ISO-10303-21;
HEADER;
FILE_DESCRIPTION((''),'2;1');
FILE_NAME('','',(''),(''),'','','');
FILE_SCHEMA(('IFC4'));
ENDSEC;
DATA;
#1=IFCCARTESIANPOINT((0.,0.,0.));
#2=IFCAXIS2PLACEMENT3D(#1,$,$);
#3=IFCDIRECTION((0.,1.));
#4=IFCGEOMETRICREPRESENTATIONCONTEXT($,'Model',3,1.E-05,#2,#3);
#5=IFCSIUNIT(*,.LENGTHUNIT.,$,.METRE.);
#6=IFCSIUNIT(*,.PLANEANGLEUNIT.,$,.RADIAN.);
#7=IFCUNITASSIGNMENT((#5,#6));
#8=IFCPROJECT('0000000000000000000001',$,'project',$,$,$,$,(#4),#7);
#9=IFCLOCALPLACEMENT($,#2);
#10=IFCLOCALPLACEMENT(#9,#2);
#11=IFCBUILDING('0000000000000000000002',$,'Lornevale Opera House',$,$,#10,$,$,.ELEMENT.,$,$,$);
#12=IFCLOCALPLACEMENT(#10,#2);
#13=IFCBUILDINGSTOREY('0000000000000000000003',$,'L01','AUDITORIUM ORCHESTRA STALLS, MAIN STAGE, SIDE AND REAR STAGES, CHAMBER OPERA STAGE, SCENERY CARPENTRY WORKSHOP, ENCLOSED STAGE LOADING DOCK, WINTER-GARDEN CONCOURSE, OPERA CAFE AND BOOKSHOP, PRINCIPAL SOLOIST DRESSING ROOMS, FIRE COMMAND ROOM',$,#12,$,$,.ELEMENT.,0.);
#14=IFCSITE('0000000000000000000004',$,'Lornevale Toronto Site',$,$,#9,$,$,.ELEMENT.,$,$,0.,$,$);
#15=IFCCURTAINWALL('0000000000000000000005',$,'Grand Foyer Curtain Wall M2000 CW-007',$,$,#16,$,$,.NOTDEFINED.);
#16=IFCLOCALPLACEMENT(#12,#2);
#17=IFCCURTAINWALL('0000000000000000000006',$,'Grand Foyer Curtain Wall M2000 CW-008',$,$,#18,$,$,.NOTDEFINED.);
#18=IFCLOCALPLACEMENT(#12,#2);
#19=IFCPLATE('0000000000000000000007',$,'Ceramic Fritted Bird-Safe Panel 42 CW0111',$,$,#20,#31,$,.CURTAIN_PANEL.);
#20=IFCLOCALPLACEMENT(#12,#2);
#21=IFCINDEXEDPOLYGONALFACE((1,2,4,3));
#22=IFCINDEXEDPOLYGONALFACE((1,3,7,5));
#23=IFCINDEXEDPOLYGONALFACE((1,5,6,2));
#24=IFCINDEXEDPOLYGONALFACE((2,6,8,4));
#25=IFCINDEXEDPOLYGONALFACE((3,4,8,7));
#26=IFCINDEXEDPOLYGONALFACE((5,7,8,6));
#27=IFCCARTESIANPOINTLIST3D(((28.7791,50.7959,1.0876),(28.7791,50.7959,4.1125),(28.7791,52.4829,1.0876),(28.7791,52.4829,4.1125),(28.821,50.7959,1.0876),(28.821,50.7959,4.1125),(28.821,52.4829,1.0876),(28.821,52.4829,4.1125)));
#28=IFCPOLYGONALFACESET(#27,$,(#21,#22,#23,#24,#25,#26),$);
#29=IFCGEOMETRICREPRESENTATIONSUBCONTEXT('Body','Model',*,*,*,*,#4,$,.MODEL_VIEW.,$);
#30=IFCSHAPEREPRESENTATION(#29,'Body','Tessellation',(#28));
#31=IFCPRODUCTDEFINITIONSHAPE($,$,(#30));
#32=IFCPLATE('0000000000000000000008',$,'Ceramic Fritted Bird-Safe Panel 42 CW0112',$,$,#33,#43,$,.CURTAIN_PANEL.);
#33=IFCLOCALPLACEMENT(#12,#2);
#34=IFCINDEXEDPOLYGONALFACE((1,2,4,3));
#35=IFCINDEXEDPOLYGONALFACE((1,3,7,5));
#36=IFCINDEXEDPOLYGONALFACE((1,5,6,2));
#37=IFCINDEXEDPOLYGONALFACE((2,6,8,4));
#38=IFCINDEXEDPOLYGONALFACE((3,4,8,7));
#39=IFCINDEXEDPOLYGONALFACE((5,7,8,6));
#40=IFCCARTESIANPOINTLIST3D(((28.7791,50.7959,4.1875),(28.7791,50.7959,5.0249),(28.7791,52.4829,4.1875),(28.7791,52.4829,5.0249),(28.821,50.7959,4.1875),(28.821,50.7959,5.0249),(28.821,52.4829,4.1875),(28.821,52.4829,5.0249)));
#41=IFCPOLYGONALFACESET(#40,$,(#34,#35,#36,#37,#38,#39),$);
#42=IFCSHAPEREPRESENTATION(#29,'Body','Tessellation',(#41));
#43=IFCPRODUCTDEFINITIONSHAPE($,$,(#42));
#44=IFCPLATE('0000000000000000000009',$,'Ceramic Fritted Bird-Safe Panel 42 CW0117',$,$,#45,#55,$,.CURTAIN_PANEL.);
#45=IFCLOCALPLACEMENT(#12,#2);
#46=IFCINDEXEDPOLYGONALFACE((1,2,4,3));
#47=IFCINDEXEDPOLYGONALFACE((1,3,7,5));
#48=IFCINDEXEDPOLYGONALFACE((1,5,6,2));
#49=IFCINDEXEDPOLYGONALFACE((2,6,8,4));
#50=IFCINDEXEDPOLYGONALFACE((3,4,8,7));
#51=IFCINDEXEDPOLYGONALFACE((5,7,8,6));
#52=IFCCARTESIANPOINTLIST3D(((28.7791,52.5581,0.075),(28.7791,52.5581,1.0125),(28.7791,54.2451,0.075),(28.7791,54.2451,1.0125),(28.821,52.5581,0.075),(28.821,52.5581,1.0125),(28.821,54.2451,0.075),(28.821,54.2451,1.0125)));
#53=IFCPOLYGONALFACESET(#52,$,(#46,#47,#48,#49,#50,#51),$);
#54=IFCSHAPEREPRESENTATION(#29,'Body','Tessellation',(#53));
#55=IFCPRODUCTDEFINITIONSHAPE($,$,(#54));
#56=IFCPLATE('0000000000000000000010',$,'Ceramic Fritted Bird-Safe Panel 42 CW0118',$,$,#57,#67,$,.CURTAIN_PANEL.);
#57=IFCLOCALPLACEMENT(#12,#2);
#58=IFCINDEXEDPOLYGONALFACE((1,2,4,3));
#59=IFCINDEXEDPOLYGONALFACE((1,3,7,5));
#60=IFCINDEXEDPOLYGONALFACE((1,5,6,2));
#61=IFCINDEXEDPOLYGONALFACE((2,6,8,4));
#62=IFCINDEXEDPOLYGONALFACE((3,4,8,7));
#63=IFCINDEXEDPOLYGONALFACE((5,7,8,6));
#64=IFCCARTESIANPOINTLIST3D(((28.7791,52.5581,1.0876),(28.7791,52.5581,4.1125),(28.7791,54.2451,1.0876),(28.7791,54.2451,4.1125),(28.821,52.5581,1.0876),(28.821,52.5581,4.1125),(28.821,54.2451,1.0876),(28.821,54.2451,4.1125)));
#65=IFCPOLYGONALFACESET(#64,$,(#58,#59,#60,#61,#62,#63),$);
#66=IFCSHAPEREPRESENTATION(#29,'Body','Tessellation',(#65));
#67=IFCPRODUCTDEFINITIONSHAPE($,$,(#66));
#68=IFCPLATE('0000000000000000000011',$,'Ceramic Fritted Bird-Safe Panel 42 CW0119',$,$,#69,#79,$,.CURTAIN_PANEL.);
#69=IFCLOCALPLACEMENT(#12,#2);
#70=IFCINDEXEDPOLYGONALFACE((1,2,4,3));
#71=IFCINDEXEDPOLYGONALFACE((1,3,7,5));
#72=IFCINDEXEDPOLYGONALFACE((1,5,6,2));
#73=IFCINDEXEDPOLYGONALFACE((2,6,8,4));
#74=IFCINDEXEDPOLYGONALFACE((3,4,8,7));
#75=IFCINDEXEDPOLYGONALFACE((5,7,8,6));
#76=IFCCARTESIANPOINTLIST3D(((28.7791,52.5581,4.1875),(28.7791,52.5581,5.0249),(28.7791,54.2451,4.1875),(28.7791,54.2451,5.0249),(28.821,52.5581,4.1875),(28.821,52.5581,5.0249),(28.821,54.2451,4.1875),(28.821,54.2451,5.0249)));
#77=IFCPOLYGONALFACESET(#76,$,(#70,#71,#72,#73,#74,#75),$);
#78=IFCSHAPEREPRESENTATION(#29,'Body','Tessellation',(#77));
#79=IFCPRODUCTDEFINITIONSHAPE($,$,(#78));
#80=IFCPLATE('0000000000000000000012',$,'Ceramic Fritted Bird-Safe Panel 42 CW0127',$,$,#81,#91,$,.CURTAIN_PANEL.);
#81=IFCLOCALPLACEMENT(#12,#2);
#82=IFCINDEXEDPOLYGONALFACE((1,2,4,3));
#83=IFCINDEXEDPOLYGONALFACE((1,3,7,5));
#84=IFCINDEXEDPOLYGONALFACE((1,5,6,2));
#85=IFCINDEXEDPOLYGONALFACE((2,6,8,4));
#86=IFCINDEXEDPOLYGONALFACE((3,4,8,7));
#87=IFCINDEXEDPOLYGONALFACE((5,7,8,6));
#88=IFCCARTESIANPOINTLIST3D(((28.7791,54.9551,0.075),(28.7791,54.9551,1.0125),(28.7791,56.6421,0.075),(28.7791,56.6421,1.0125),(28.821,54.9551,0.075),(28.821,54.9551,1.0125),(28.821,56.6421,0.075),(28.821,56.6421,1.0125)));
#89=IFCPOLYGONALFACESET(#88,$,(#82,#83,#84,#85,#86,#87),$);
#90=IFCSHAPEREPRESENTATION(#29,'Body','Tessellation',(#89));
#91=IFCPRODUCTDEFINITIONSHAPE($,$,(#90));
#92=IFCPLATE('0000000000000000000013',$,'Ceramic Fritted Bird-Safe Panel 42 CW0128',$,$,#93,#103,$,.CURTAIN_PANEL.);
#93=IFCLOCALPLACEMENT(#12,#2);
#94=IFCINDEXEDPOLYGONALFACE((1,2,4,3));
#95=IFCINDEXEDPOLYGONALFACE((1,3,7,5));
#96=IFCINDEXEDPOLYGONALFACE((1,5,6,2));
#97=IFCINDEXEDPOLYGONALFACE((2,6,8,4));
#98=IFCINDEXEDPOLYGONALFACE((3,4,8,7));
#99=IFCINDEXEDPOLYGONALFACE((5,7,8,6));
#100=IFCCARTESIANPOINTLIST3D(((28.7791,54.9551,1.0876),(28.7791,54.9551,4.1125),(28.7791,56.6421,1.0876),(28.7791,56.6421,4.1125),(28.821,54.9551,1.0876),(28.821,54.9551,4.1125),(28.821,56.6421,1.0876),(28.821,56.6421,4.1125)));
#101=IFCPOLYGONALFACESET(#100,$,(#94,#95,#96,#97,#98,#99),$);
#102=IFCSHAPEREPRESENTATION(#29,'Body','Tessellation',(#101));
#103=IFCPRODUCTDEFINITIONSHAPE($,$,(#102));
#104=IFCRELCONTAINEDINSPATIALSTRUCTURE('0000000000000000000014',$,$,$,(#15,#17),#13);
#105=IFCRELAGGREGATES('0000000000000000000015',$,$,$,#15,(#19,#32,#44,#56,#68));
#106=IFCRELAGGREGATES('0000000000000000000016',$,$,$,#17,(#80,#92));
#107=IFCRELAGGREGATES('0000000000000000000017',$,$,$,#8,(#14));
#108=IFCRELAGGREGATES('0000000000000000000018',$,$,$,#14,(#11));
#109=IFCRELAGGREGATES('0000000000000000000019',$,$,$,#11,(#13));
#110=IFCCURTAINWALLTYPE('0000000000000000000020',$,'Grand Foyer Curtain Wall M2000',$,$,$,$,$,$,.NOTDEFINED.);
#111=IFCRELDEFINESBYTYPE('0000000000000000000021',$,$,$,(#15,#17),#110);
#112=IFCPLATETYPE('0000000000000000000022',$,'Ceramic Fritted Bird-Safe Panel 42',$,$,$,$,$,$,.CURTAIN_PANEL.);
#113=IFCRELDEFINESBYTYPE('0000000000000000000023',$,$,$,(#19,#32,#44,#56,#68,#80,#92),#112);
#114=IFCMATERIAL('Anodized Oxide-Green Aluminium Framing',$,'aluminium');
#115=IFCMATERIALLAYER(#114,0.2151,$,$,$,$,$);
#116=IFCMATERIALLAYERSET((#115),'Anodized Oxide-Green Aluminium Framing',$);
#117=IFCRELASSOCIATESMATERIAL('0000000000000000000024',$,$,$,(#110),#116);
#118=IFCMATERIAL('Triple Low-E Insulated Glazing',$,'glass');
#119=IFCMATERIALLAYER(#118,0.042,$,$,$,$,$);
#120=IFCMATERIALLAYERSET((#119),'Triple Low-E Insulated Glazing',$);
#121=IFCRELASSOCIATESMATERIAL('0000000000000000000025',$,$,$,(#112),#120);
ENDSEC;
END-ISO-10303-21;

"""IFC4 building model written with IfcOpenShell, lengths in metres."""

from ifc_helpers import new_model, si_unit, direction, frame, origin, origin_2d, place, context, subcontext, project, spatial, rectangle, extrude, material, layer, layer_set, type_object, element, aggregate, save


model = new_model("IFC4")

# Units and contexts
model_context = context("Model", 3, precision=1e-05, world=origin(), true_north=direction((0.0, 1.0)))
body_context = subcontext(model_context, "Body", "Model", "MODEL_VIEW")
ifc_project = project(units=[si_unit("LENGTHUNIT", "METRE"), si_unit("PLANEANGLEUNIT", "RADIAN")], contexts=[model_context])

# Site, building, storey
site_placement = place(None, origin())
site = spatial("IfcSite", under=ifc_project, at=site_placement, Name="Lornevale Toronto Site", CompositionType="ELEMENT", RefElevation=0.0)
building_placement = place(site_placement, origin())
building = spatial("IfcBuilding", under=site, at=building_placement, Name="Lornevale Opera House", CompositionType="ELEMENT")
storey_placement = place(building_placement, origin())
storey = spatial("IfcBuildingStorey", under=building, at=storey_placement, Name="L01", Description="AUDITORIUM ORCHESTRA STALLS, MAIN STAGE, SIDE AND REAR STAGES, CHAMBER OPERA STAGE, SCENERY CARPENTRY WORKSHOP, ENCLOSED STAGE LOADING DOCK, WINTER-GARDEN CONCOURSE, OPERA CAFE AND BOOKSHOP, PRINCIPAL SOLOIST DRESSING ROOMS, FIRE COMMAND ROOM", CompositionType="ELEMENT", Elevation=0.0)

# Curtain wall
ifc_material_1 = material(Name="Anodized Oxide-Green Aluminium Framing", Category="aluminium")
ifc_layer_1 = layer(ifc_material_1, 0.2151)
ifc_layer_set_1 = layer_set([ifc_layer_1], Name="Anodized Oxide-Green Aluminium Framing")
curtain_wall_type = type_object("IfcCurtainWallType", Name="Grand Foyer Curtain Wall M2000", PredefinedType="NOTDEFINED", material=ifc_layer_set_1)
curtain_wall_1_placement = place(storey_placement, origin())
curtain_wall_1 = element("IfcCurtainWall", 1, at=curtain_wall_1_placement, inside=storey, type_object=curtain_wall_type, Name="Grand Foyer Curtain Wall M2000 CW-007", PredefinedType="NOTDEFINED")

# Curtain wall
curtain_wall_2_placement = place(storey_placement, origin())
curtain_wall_2 = element("IfcCurtainWall", 2, at=curtain_wall_2_placement, inside=storey, type_object=curtain_wall_type, Name="Grand Foyer Curtain Wall M2000 CW-008", PredefinedType="NOTDEFINED")

# Plates
ifc_material_2 = material(Name="Triple Low-E Insulated Glazing", Category="glass")
ifc_layer_2 = layer(ifc_material_2, 0.042)
ifc_layer_set_2 = layer_set([ifc_layer_2], Name="Triple Low-E Insulated Glazing")
plate_type = type_object("IfcPlateType", Name="Ceramic Fritted Bird-Safe Panel 42", PredefinedType="CURTAIN_PANEL", material=ifc_layer_set_2)
plate_1_placement = place(storey_placement, frame((28.8, 51.6394, 1.0876), z_axis=(0.0, 0.0, 1.0), x_axis=(0.0, 1.0, 0.0)))
plate_1 = element("IfcPlate", 3, at=plate_1_placement, type_object=plate_type, Name="Ceramic Fritted Bird-Safe Panel 42 CW0111", PredefinedType="CURTAIN_PANEL", context=body_context, shape_type="SweptSolid", body=[
    extrude(rectangle(XDim=1.687, YDim=0.042, at=origin_2d()), origin(), (0.0, 0.0, 1.0), 3.0249),
])
plate_2_placement = place(storey_placement, frame((28.8, 51.6394, 4.1875), z_axis=(0.0, 0.0, 1.0), x_axis=(0.0, 1.0, 0.0)))
plate_2 = element("IfcPlate", 4, at=plate_2_placement, type_object=plate_type, Name="Ceramic Fritted Bird-Safe Panel 42 CW0112", PredefinedType="CURTAIN_PANEL", context=body_context, shape_type="SweptSolid", body=[
    extrude(rectangle(XDim=1.687, YDim=0.042, at=origin_2d()), origin(), (0.0, 0.0, 1.0), 0.8374),
])
plate_3_placement = place(storey_placement, frame((28.8, 53.4016, 0.075), z_axis=(0.0, 0.0, 1.0), x_axis=(0.0, 1.0, 0.0)))
plate_3 = element("IfcPlate", 5, at=plate_3_placement, type_object=plate_type, Name="Ceramic Fritted Bird-Safe Panel 42 CW0117", PredefinedType="CURTAIN_PANEL", context=body_context, shape_type="SweptSolid", body=[
    extrude(rectangle(XDim=1.687, YDim=0.042, at=origin_2d()), origin(), (0.0, 0.0, 1.0), 0.9375),
])
plate_4_placement = place(storey_placement, frame((28.8, 53.4016, 1.0876), z_axis=(0.0, 0.0, 1.0), x_axis=(0.0, 1.0, 0.0)))
plate_4 = element("IfcPlate", 6, at=plate_4_placement, type_object=plate_type, Name="Ceramic Fritted Bird-Safe Panel 42 CW0118", PredefinedType="CURTAIN_PANEL", context=body_context, shape_type="SweptSolid", body=[
    extrude(rectangle(XDim=1.687, YDim=0.042, at=origin_2d()), origin(), (0.0, 0.0, 1.0), 3.0249),
])
plate_5_placement = place(storey_placement, frame((28.8, 53.4016, 4.1875), z_axis=(0.0, 0.0, 1.0), x_axis=(0.0, 1.0, 0.0)))
plate_5 = element("IfcPlate", 7, at=plate_5_placement, type_object=plate_type, Name="Ceramic Fritted Bird-Safe Panel 42 CW0119", PredefinedType="CURTAIN_PANEL", context=body_context, shape_type="SweptSolid", body=[
    extrude(rectangle(XDim=1.687, YDim=0.042, at=origin_2d()), origin(), (0.0, 0.0, 1.0), 0.8374),
])
aggregate(curtain_wall_1, [plate_1, plate_2, plate_3, plate_4, plate_5])
plate_6_placement = place(storey_placement, frame((28.8, 55.7986, 0.075), z_axis=(0.0, 0.0, 1.0), x_axis=(0.0, 1.0, 0.0)))
plate_6 = element("IfcPlate", 8, at=plate_6_placement, type_object=plate_type, Name="Ceramic Fritted Bird-Safe Panel 42 CW0127", PredefinedType="CURTAIN_PANEL", context=body_context, shape_type="SweptSolid", body=[
    extrude(rectangle(XDim=1.687, YDim=0.042, at=origin_2d()), origin(), (0.0, 0.0, 1.0), 0.9375),
])
plate_7_placement = place(storey_placement, frame((28.8, 55.7986, 1.0876), z_axis=(0.0, 0.0, 1.0), x_axis=(0.0, 1.0, 0.0)))
plate_7 = element("IfcPlate", 9, at=plate_7_placement, type_object=plate_type, Name="Ceramic Fritted Bird-Safe Panel 42 CW0128", PredefinedType="CURTAIN_PANEL", context=body_context, shape_type="SweptSolid", body=[
    extrude(rectangle(XDim=1.687, YDim=0.042, at=origin_2d()), origin(), (0.0, 0.0, 1.0), 3.0249),
])
aggregate(curtain_wall_2, [plate_6, plate_7])

save(model, "model.ifc")
